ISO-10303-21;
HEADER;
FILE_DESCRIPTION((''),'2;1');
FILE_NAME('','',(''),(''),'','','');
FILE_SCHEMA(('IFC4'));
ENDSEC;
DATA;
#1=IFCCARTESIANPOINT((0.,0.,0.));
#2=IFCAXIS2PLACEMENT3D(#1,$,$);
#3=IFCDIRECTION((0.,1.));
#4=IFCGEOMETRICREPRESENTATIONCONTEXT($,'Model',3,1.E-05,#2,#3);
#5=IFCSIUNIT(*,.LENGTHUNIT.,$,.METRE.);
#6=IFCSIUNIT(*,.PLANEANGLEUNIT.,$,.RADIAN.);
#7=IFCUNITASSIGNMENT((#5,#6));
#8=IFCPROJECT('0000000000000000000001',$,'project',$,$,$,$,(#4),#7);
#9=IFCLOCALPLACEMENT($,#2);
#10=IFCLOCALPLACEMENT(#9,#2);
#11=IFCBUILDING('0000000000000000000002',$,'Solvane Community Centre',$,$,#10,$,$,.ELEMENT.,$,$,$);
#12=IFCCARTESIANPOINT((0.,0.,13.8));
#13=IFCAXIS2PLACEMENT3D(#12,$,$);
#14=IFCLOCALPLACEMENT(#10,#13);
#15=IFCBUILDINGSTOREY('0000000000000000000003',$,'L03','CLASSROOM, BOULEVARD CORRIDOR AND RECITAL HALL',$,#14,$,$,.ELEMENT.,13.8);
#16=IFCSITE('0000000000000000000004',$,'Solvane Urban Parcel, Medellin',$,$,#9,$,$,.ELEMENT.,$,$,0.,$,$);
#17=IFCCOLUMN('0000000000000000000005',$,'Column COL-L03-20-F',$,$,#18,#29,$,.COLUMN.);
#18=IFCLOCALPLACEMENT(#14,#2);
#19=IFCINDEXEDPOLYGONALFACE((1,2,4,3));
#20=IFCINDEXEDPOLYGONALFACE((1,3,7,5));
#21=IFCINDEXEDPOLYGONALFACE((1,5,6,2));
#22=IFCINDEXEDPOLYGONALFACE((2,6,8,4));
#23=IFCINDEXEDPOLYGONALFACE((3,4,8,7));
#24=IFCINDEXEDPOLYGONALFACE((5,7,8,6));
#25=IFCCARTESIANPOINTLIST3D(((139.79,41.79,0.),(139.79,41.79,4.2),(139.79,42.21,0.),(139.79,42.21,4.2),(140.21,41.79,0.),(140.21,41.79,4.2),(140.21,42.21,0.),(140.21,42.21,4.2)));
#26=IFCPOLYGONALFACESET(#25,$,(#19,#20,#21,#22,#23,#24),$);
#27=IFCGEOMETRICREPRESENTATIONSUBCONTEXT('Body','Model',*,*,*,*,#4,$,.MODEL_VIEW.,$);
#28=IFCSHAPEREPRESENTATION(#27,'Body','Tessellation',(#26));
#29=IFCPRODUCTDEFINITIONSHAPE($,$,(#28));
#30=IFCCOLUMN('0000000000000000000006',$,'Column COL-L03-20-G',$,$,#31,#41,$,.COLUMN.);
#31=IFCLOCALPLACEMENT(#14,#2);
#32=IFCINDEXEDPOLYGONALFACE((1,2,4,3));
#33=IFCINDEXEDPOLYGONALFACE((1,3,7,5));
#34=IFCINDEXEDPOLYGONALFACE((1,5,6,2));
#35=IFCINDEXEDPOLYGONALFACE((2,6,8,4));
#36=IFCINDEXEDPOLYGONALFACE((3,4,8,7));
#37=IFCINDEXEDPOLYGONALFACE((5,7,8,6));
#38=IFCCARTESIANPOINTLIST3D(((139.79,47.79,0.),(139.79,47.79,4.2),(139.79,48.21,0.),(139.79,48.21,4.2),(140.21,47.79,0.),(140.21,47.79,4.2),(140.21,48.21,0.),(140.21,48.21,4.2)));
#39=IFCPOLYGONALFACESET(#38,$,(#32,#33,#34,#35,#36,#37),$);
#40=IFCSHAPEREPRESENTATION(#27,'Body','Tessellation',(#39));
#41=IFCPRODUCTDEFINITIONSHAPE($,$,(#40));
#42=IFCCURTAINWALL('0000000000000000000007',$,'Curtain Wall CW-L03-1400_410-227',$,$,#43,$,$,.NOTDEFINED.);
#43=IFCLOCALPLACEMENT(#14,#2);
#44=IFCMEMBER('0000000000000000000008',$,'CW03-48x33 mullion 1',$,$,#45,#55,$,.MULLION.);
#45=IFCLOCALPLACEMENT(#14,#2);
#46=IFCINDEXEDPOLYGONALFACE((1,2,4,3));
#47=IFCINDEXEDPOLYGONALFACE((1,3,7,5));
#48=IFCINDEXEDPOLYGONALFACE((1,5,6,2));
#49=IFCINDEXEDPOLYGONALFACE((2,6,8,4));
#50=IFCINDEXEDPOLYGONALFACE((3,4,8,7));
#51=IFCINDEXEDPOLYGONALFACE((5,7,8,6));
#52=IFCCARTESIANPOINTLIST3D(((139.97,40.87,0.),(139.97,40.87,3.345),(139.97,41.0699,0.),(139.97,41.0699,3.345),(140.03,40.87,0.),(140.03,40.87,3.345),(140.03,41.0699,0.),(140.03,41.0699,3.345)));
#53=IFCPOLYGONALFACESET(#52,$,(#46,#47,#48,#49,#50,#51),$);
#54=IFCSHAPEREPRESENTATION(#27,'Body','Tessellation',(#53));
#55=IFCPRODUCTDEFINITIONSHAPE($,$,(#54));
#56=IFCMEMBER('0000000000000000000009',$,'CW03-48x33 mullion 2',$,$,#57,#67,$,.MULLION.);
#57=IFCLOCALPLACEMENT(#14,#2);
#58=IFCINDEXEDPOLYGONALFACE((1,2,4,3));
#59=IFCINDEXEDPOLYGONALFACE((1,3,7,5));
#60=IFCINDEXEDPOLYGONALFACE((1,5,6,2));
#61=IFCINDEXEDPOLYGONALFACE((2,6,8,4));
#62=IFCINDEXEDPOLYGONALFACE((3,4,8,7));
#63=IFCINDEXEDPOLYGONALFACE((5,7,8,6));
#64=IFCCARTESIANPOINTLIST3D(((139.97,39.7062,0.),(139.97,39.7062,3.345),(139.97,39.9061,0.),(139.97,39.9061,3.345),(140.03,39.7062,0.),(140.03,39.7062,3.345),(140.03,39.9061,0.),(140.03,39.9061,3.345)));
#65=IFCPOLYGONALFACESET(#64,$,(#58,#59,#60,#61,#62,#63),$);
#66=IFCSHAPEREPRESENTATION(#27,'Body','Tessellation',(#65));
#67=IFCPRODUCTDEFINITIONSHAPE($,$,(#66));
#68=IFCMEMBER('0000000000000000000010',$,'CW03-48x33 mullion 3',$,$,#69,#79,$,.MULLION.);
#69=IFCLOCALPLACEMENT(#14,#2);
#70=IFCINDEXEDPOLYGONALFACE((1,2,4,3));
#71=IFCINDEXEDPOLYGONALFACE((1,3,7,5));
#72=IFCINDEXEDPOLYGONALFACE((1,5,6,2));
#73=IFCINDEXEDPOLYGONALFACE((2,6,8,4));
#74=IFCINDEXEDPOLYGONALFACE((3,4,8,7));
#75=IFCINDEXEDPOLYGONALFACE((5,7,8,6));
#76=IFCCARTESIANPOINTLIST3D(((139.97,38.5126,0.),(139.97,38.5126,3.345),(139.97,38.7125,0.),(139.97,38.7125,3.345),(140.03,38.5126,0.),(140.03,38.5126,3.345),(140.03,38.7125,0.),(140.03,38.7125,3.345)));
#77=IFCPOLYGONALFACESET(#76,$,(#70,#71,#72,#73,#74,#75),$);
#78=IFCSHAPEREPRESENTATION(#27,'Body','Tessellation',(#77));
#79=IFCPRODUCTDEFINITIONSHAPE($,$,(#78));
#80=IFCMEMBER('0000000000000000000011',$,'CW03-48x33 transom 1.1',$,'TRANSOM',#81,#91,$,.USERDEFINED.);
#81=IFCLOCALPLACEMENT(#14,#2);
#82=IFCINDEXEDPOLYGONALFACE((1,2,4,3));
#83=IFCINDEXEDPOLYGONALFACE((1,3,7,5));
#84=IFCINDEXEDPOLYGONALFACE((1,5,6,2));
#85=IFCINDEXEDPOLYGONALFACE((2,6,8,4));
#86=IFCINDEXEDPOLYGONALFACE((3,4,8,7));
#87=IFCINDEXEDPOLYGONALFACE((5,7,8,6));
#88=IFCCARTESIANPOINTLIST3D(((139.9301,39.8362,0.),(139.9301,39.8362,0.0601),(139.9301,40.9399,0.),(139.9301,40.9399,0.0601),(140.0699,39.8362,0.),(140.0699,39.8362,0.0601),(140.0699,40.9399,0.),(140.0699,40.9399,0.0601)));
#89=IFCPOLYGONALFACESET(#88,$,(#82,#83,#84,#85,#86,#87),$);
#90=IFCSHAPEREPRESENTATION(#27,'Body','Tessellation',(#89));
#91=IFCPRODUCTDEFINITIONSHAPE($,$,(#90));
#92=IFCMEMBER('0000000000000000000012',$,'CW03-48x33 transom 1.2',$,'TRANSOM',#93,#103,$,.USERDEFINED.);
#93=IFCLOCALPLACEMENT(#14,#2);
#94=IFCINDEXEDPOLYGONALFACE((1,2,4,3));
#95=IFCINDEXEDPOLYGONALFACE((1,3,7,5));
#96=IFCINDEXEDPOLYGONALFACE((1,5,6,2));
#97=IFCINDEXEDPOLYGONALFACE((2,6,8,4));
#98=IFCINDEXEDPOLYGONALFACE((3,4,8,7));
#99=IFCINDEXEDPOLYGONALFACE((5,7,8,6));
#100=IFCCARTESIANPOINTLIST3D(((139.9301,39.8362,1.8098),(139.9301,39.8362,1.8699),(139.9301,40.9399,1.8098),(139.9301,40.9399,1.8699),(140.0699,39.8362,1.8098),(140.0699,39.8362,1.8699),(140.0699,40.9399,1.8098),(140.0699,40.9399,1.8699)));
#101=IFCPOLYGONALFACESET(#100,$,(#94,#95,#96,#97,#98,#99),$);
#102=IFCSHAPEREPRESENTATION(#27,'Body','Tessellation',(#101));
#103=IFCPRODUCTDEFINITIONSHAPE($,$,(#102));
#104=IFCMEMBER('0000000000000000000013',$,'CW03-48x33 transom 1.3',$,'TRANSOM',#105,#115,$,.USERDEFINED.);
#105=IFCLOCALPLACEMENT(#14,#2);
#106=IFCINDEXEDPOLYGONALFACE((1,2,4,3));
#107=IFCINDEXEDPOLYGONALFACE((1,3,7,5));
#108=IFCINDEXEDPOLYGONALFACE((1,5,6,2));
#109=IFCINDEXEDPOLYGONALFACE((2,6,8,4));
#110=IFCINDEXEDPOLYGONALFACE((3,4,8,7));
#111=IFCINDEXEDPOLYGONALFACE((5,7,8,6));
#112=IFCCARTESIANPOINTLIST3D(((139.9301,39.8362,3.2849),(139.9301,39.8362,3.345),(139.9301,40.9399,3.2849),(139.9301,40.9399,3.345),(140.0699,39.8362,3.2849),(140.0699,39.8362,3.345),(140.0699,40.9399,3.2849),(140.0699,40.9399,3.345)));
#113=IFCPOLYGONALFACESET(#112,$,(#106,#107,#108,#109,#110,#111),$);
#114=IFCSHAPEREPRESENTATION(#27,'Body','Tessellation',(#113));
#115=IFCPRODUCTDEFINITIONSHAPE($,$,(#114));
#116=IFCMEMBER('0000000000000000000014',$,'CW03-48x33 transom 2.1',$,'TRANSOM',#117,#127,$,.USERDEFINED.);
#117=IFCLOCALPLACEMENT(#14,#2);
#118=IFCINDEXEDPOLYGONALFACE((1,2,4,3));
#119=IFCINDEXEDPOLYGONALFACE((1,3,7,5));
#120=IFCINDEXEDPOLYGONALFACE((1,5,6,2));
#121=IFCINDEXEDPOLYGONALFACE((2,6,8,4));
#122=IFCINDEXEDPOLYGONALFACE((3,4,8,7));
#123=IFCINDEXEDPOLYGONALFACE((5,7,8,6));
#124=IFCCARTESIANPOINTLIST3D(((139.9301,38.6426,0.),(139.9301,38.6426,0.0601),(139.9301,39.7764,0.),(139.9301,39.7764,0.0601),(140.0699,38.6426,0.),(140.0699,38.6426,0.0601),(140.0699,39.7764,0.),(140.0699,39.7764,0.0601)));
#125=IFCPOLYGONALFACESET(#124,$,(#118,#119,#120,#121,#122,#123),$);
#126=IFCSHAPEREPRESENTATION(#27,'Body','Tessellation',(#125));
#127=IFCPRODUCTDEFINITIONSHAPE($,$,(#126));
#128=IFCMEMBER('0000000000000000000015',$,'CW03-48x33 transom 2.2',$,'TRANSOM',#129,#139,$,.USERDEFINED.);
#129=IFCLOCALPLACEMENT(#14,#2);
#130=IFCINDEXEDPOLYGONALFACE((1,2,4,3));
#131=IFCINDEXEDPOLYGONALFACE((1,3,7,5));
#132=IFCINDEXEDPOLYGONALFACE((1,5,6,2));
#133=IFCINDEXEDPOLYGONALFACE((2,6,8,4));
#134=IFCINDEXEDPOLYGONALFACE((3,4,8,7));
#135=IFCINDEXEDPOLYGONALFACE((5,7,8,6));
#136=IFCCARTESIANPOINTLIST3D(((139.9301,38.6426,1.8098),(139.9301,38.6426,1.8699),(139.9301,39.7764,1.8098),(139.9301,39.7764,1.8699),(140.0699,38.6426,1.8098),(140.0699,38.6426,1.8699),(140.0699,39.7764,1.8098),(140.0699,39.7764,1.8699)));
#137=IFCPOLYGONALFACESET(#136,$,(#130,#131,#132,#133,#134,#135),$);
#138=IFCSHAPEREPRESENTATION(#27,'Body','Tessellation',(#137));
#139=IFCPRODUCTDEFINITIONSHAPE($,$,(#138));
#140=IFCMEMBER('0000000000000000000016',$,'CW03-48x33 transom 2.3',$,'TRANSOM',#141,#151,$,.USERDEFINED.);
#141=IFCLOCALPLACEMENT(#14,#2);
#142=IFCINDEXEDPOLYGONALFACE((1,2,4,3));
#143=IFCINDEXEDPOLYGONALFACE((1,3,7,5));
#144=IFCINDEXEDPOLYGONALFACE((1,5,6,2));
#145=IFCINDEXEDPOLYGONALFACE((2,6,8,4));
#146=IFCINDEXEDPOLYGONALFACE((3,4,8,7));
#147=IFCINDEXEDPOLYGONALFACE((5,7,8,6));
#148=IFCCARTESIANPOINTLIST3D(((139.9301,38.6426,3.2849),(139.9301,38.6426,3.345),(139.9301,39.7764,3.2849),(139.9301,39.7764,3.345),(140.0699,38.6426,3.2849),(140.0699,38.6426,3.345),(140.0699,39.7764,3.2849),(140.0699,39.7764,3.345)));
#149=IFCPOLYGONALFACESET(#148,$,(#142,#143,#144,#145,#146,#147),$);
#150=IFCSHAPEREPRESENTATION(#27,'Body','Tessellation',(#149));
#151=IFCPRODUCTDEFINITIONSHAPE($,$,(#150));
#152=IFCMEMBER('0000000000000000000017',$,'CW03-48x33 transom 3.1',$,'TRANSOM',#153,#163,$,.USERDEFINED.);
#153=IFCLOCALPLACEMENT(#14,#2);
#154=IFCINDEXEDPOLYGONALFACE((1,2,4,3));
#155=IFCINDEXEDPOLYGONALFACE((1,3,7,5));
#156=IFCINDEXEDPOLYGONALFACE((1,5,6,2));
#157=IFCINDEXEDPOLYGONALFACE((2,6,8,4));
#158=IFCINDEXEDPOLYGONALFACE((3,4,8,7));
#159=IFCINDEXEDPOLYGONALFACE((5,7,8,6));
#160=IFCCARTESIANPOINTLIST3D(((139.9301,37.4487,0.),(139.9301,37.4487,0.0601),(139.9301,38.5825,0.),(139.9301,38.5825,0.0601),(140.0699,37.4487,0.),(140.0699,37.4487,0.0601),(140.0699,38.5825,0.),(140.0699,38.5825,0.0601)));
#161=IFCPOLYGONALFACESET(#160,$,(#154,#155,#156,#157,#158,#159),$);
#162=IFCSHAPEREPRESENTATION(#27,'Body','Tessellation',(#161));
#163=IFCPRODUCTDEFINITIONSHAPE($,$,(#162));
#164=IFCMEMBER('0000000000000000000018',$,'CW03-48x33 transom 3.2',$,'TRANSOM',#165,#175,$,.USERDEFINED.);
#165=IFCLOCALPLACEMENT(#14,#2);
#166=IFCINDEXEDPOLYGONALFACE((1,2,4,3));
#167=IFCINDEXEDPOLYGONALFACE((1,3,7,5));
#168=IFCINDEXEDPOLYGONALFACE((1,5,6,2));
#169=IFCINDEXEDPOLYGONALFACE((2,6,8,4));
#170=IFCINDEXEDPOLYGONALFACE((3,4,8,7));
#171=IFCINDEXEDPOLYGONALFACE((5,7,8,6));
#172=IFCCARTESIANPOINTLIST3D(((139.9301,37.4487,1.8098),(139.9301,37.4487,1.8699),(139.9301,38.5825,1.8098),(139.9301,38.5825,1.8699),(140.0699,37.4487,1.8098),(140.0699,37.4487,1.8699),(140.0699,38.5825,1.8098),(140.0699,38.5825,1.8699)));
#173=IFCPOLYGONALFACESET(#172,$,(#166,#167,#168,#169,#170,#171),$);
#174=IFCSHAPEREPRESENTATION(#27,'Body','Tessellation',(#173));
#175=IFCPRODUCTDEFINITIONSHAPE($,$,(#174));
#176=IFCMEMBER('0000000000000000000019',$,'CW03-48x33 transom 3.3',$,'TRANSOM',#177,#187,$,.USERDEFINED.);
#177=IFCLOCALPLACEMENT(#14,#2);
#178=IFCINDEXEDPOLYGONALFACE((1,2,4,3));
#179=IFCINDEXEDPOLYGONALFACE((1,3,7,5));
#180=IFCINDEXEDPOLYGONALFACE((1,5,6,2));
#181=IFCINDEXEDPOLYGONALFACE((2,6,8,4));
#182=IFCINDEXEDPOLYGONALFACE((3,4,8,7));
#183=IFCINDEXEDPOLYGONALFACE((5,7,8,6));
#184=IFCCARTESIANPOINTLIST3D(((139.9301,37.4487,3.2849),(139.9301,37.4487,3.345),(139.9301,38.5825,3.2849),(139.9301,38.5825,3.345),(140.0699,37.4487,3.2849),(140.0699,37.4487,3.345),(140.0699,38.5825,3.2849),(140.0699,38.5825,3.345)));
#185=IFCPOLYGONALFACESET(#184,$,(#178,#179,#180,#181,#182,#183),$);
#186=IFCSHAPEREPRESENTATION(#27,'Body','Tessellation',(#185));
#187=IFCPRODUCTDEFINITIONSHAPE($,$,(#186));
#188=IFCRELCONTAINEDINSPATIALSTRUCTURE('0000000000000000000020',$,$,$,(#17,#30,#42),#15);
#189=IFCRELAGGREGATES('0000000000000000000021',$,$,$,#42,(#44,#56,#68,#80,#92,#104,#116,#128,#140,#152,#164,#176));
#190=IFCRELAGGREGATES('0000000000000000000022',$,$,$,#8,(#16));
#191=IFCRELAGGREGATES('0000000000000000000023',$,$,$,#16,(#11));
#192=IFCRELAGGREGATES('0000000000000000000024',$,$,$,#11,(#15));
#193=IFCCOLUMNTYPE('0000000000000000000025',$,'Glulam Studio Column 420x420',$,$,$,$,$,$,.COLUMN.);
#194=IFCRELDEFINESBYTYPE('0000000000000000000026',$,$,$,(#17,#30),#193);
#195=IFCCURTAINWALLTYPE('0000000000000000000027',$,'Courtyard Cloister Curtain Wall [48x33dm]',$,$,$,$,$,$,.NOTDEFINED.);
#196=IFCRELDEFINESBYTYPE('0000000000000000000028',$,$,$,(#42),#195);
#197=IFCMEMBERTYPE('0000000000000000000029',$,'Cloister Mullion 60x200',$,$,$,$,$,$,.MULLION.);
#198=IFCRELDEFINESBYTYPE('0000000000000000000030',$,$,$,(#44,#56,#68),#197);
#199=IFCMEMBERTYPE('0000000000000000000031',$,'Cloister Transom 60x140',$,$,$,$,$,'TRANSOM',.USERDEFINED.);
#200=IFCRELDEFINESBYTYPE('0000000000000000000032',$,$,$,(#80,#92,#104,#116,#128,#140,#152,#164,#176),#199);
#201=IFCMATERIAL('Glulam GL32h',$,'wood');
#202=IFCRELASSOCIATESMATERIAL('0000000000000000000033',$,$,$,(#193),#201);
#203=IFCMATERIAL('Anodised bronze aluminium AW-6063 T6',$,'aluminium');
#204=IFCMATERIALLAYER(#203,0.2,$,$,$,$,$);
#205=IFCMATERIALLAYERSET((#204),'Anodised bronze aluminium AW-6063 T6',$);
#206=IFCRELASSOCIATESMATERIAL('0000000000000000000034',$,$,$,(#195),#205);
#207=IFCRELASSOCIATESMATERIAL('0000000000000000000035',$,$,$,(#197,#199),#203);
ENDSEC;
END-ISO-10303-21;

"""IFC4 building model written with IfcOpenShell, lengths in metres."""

from ifc_helpers import new_model, si_unit, direction, frame, origin, origin_2d, place, context, subcontext, project, spatial, rectangle, extrude, material, layer, layer_set, material_profile, profile_set, type_object, element, aggregate, save


model = new_model("IFC4")

# Units and contexts
model_context = context("Model", 3, precision=1e-05, world=origin(), true_north=direction((0.0, 1.0)))
body_context = subcontext(model_context, "Body", "Model", "MODEL_VIEW")
ifc_project = project(units=[si_unit("LENGTHUNIT", "METRE"), si_unit("PLANEANGLEUNIT", "RADIAN")], contexts=[model_context])

# Site, building, storey
site_placement = place(None, origin())
site = spatial("IfcSite", under=ifc_project, at=site_placement, Name="Solvane Urban Parcel, Medellin", CompositionType="ELEMENT", RefElevation=0.0)
building_placement = place(site_placement, origin())
building = spatial("IfcBuilding", under=site, at=building_placement, Name="Solvane Community Centre", CompositionType="ELEMENT")
storey_placement = place(building_placement, frame((0.0, 0.0, 13.8)))
storey = spatial("IfcBuildingStorey", under=building, at=storey_placement, Name="L03", Description="CLASSROOM, BOULEVARD CORRIDOR AND RECITAL HALL", CompositionType="ELEMENT", Elevation=13.8)

# Columns
ifc_material_1 = material(Name="Glulam GL32h", Category="wood")
ifc_material_profile_1 = material_profile(ifc_material_1, rectangle(XDim=0.4199, YDim=0.4199, at=origin_2d()), Name="GL32h 420x420")
ifc_profile_set_1 = profile_set([ifc_material_profile_1], Name="Glulam GL32h")
column_type = type_object("IfcColumnType", Name="Glulam Studio Column 420x420", PredefinedType="COLUMN", material=ifc_profile_set_1)
for number, where, z_axis, x_axis, name in (
    (1, (140.0, 42.0, 0.0), (0.0, 0.0, 1.0), (1.0, 0.0, 0.0), "Column COL-L03-20-F"),
    (2, (140.0, 48.0, 0.0), (0.0, 0.0, 1.0), (1.0, 0.0, 0.0), "Column COL-L03-20-G"),
):
    element("IfcColumn", number, at=place(storey_placement, frame(where, z_axis=z_axis, x_axis=x_axis)), inside=storey, type_object=column_type, Name=name, PredefinedType="COLUMN", context=body_context, shape_type="SweptSolid", body=[
        extrude(rectangle(XDim=0.4199, YDim=0.4199, at=origin_2d()), origin(), (0.0, 0.0, 1.0), 4.2),
    ])

# Curtain wall, members
ifc_material_2 = material(Name="Anodised bronze aluminium AW-6063 T6", Category="aluminium")
ifc_layer_1 = layer(ifc_material_2, 0.2)
ifc_layer_set_1 = layer_set([ifc_layer_1], Name="Anodised bronze aluminium AW-6063 T6")
curtain_wall_type = type_object("IfcCurtainWallType", Name="Courtyard Cloister Curtain Wall [48x33dm]", PredefinedType="NOTDEFINED", material=ifc_layer_set_1)
curtain_wall_placement = place(storey_placement, origin())
curtain_wall = element("IfcCurtainWall", 3, at=curtain_wall_placement, inside=storey, type_object=curtain_wall_type, Name="Curtain Wall CW-L03-1400_410-227", PredefinedType="NOTDEFINED")
ifc_material_profile_2 = material_profile(ifc_material_2, rectangle(XDim=0.0601, YDim=0.2, at=origin_2d()), Name="CW-M 60x200")
ifc_profile_set_2 = profile_set([ifc_material_profile_2], Name="Anodised bronze aluminium AW-6063 T6")
member_type_1 = type_object("IfcMemberType", Name="Cloister Mullion 60x200", PredefinedType="MULLION", material=ifc_profile_set_2)
member_1_placement = place(storey_placement, frame((140.0, 40.97, 0.0), z_axis=(0.0, 0.0, 1.0), x_axis=(1.0, 0.0, 0.0)))
member_1 = element("IfcMember", 4, at=member_1_placement, type_object=member_type_1, Name="CW03-48x33 mullion 1", PredefinedType="MULLION", context=body_context, shape_type="SweptSolid", body=[
    extrude(rectangle(XDim=0.0601, YDim=0.2, at=origin_2d()), origin(), (0.0, 0.0, 1.0), 3.345),
])
member_2_placement = place(storey_placement, frame((140.0, 39.8062, 0.0), z_axis=(0.0, 0.0, 1.0), x_axis=(1.0, 0.0, 0.0)))
member_2 = element("IfcMember", 5, at=member_2_placement, type_object=member_type_1, Name="CW03-48x33 mullion 2", PredefinedType="MULLION", context=body_context, shape_type="SweptSolid", body=[
    extrude(rectangle(XDim=0.0601, YDim=0.2, at=origin_2d()), origin(), (0.0, 0.0, 1.0), 3.345),
])
member_3_placement = place(storey_placement, frame((140.0, 38.6125, 0.0), z_axis=(0.0, 0.0, 1.0), x_axis=(1.0, 0.0, 0.0)))
member_3 = element("IfcMember", 6, at=member_3_placement, type_object=member_type_1, Name="CW03-48x33 mullion 3", PredefinedType="MULLION", context=body_context, shape_type="SweptSolid", body=[
    extrude(rectangle(XDim=0.0601, YDim=0.2, at=origin_2d()), origin(), (0.0, 0.0, 1.0), 3.345),
])
ifc_material_profile_3 = material_profile(ifc_material_2, rectangle(XDim=0.1399, YDim=0.0601, at=origin_2d()), Name="CW-T 60x140")
ifc_profile_set_3 = profile_set([ifc_material_profile_3], Name="Anodised bronze aluminium AW-6063 T6")
member_type_2 = type_object("IfcMemberType", Name="Cloister Transom 60x140", ElementType="TRANSOM", PredefinedType="USERDEFINED", material=ifc_profile_set_3)
member_4_placement = place(storey_placement, frame((140.0, 40.9399, 0.03), z_axis=(0.0, -1.0, 0.0), x_axis=(1.0, 0.0, 0.0)))
member_4 = element("IfcMember", 7, at=member_4_placement, type_object=member_type_2, Name="CW03-48x33 transom 1.1", ObjectType="TRANSOM", PredefinedType="USERDEFINED", context=body_context, shape_type="SweptSolid", body=[
    extrude(rectangle(XDim=0.1399, YDim=0.0601, at=origin_2d()), origin(), (0.0, 0.0, 1.0), 1.1038),
])
member_5_placement = place(storey_placement, frame((140.0, 40.9399, 1.8398), z_axis=(0.0, -1.0, 0.0), x_axis=(1.0, 0.0, 0.0)))
member_5 = element("IfcMember", 8, at=member_5_placement, type_object=member_type_2, Name="CW03-48x33 transom 1.2", ObjectType="TRANSOM", PredefinedType="USERDEFINED", context=body_context, shape_type="SweptSolid", body=[
    extrude(rectangle(XDim=0.1399, YDim=0.0601, at=origin_2d()), origin(), (0.0, 0.0, 1.0), 1.1038),
])
member_6_placement = place(storey_placement, frame((140.0, 40.9399, 3.3149), z_axis=(0.0, -1.0, 0.0), x_axis=(1.0, 0.0, 0.0)))
member_6 = element("IfcMember", 9, at=member_6_placement, type_object=member_type_2, Name="CW03-48x33 transom 1.3", ObjectType="TRANSOM", PredefinedType="USERDEFINED", context=body_context, shape_type="SweptSolid", body=[
    extrude(rectangle(XDim=0.1399, YDim=0.0601, at=origin_2d()), origin(), (0.0, 0.0, 1.0), 1.1038),
])
member_7_placement = place(storey_placement, frame((140.0, 39.7764, 0.03), z_axis=(0.0, -1.0, 0.0), x_axis=(1.0, 0.0, 0.0)))
member_7 = element("IfcMember", 10, at=member_7_placement, type_object=member_type_2, Name="CW03-48x33 transom 2.1", ObjectType="TRANSOM", PredefinedType="USERDEFINED", context=body_context, shape_type="SweptSolid", body=[
    extrude(rectangle(XDim=0.1399, YDim=0.0601, at=origin_2d()), origin(), (0.0, 0.0, 1.0), 1.1338),
])
member_8_placement = place(storey_placement, frame((140.0, 39.7764, 1.8398), z_axis=(0.0, -1.0, 0.0), x_axis=(1.0, 0.0, 0.0)))
member_8 = element("IfcMember", 11, at=member_8_placement, type_object=member_type_2, Name="CW03-48x33 transom 2.2", ObjectType="TRANSOM", PredefinedType="USERDEFINED", context=body_context, shape_type="SweptSolid", body=[
    extrude(rectangle(XDim=0.1399, YDim=0.0601, at=origin_2d()), origin(), (0.0, 0.0, 1.0), 1.1338),
])
member_9_placement = place(storey_placement, frame((140.0, 39.7764, 3.3149), z_axis=(0.0, -1.0, 0.0), x_axis=(1.0, 0.0, 0.0)))
member_9 = element("IfcMember", 12, at=member_9_placement, type_object=member_type_2, Name="CW03-48x33 transom 2.3", ObjectType="TRANSOM", PredefinedType="USERDEFINED", context=body_context, shape_type="SweptSolid", body=[
    extrude(rectangle(XDim=0.1399, YDim=0.0601, at=origin_2d()), origin(), (0.0, 0.0, 1.0), 1.1338),
])
member_10_placement = place(storey_placement, frame((140.0, 38.5825, 0.03), z_axis=(0.0, -1.0, 0.0), x_axis=(1.0, 0.0, 0.0)))
member_10 = element("IfcMember", 13, at=member_10_placement, type_object=member_type_2, Name="CW03-48x33 transom 3.1", ObjectType="TRANSOM", PredefinedType="USERDEFINED", context=body_context, shape_type="SweptSolid", body=[
    extrude(rectangle(XDim=0.1399, YDim=0.0601, at=origin_2d()), origin(), (0.0, 0.0, 1.0), 1.1338),
])
member_11_placement = place(storey_placement, frame((140.0, 38.5825, 1.8398), z_axis=(0.0, -1.0, 0.0), x_axis=(1.0, 0.0, 0.0)))
member_11 = element("IfcMember", 14, at=member_11_placement, type_object=member_type_2, Name="CW03-48x33 transom 3.2", ObjectType="TRANSOM", PredefinedType="USERDEFINED", context=body_context, shape_type="SweptSolid", body=[
    extrude(rectangle(XDim=0.1399, YDim=0.0601, at=origin_2d()), origin(), (0.0, 0.0, 1.0), 1.1338),
])
member_12_placement = place(storey_placement, frame((140.0, 38.5825, 3.3149), z_axis=(0.0, -1.0, 0.0), x_axis=(1.0, 0.0, 0.0)))
member_12 = element("IfcMember", 15, at=member_12_placement, type_object=member_type_2, Name="CW03-48x33 transom 3.3", ObjectType="TRANSOM", PredefinedType="USERDEFINED", context=body_context, shape_type="SweptSolid", body=[
    extrude(rectangle(XDim=0.1399, YDim=0.0601, at=origin_2d()), origin(), (0.0, 0.0, 1.0), 1.1338),
])

aggregate(curtain_wall, [member_1, member_2, member_3, member_4, member_5, member_6, member_7, member_8, member_9, member_10, member_11, member_12])

save(model, "model.ifc")
